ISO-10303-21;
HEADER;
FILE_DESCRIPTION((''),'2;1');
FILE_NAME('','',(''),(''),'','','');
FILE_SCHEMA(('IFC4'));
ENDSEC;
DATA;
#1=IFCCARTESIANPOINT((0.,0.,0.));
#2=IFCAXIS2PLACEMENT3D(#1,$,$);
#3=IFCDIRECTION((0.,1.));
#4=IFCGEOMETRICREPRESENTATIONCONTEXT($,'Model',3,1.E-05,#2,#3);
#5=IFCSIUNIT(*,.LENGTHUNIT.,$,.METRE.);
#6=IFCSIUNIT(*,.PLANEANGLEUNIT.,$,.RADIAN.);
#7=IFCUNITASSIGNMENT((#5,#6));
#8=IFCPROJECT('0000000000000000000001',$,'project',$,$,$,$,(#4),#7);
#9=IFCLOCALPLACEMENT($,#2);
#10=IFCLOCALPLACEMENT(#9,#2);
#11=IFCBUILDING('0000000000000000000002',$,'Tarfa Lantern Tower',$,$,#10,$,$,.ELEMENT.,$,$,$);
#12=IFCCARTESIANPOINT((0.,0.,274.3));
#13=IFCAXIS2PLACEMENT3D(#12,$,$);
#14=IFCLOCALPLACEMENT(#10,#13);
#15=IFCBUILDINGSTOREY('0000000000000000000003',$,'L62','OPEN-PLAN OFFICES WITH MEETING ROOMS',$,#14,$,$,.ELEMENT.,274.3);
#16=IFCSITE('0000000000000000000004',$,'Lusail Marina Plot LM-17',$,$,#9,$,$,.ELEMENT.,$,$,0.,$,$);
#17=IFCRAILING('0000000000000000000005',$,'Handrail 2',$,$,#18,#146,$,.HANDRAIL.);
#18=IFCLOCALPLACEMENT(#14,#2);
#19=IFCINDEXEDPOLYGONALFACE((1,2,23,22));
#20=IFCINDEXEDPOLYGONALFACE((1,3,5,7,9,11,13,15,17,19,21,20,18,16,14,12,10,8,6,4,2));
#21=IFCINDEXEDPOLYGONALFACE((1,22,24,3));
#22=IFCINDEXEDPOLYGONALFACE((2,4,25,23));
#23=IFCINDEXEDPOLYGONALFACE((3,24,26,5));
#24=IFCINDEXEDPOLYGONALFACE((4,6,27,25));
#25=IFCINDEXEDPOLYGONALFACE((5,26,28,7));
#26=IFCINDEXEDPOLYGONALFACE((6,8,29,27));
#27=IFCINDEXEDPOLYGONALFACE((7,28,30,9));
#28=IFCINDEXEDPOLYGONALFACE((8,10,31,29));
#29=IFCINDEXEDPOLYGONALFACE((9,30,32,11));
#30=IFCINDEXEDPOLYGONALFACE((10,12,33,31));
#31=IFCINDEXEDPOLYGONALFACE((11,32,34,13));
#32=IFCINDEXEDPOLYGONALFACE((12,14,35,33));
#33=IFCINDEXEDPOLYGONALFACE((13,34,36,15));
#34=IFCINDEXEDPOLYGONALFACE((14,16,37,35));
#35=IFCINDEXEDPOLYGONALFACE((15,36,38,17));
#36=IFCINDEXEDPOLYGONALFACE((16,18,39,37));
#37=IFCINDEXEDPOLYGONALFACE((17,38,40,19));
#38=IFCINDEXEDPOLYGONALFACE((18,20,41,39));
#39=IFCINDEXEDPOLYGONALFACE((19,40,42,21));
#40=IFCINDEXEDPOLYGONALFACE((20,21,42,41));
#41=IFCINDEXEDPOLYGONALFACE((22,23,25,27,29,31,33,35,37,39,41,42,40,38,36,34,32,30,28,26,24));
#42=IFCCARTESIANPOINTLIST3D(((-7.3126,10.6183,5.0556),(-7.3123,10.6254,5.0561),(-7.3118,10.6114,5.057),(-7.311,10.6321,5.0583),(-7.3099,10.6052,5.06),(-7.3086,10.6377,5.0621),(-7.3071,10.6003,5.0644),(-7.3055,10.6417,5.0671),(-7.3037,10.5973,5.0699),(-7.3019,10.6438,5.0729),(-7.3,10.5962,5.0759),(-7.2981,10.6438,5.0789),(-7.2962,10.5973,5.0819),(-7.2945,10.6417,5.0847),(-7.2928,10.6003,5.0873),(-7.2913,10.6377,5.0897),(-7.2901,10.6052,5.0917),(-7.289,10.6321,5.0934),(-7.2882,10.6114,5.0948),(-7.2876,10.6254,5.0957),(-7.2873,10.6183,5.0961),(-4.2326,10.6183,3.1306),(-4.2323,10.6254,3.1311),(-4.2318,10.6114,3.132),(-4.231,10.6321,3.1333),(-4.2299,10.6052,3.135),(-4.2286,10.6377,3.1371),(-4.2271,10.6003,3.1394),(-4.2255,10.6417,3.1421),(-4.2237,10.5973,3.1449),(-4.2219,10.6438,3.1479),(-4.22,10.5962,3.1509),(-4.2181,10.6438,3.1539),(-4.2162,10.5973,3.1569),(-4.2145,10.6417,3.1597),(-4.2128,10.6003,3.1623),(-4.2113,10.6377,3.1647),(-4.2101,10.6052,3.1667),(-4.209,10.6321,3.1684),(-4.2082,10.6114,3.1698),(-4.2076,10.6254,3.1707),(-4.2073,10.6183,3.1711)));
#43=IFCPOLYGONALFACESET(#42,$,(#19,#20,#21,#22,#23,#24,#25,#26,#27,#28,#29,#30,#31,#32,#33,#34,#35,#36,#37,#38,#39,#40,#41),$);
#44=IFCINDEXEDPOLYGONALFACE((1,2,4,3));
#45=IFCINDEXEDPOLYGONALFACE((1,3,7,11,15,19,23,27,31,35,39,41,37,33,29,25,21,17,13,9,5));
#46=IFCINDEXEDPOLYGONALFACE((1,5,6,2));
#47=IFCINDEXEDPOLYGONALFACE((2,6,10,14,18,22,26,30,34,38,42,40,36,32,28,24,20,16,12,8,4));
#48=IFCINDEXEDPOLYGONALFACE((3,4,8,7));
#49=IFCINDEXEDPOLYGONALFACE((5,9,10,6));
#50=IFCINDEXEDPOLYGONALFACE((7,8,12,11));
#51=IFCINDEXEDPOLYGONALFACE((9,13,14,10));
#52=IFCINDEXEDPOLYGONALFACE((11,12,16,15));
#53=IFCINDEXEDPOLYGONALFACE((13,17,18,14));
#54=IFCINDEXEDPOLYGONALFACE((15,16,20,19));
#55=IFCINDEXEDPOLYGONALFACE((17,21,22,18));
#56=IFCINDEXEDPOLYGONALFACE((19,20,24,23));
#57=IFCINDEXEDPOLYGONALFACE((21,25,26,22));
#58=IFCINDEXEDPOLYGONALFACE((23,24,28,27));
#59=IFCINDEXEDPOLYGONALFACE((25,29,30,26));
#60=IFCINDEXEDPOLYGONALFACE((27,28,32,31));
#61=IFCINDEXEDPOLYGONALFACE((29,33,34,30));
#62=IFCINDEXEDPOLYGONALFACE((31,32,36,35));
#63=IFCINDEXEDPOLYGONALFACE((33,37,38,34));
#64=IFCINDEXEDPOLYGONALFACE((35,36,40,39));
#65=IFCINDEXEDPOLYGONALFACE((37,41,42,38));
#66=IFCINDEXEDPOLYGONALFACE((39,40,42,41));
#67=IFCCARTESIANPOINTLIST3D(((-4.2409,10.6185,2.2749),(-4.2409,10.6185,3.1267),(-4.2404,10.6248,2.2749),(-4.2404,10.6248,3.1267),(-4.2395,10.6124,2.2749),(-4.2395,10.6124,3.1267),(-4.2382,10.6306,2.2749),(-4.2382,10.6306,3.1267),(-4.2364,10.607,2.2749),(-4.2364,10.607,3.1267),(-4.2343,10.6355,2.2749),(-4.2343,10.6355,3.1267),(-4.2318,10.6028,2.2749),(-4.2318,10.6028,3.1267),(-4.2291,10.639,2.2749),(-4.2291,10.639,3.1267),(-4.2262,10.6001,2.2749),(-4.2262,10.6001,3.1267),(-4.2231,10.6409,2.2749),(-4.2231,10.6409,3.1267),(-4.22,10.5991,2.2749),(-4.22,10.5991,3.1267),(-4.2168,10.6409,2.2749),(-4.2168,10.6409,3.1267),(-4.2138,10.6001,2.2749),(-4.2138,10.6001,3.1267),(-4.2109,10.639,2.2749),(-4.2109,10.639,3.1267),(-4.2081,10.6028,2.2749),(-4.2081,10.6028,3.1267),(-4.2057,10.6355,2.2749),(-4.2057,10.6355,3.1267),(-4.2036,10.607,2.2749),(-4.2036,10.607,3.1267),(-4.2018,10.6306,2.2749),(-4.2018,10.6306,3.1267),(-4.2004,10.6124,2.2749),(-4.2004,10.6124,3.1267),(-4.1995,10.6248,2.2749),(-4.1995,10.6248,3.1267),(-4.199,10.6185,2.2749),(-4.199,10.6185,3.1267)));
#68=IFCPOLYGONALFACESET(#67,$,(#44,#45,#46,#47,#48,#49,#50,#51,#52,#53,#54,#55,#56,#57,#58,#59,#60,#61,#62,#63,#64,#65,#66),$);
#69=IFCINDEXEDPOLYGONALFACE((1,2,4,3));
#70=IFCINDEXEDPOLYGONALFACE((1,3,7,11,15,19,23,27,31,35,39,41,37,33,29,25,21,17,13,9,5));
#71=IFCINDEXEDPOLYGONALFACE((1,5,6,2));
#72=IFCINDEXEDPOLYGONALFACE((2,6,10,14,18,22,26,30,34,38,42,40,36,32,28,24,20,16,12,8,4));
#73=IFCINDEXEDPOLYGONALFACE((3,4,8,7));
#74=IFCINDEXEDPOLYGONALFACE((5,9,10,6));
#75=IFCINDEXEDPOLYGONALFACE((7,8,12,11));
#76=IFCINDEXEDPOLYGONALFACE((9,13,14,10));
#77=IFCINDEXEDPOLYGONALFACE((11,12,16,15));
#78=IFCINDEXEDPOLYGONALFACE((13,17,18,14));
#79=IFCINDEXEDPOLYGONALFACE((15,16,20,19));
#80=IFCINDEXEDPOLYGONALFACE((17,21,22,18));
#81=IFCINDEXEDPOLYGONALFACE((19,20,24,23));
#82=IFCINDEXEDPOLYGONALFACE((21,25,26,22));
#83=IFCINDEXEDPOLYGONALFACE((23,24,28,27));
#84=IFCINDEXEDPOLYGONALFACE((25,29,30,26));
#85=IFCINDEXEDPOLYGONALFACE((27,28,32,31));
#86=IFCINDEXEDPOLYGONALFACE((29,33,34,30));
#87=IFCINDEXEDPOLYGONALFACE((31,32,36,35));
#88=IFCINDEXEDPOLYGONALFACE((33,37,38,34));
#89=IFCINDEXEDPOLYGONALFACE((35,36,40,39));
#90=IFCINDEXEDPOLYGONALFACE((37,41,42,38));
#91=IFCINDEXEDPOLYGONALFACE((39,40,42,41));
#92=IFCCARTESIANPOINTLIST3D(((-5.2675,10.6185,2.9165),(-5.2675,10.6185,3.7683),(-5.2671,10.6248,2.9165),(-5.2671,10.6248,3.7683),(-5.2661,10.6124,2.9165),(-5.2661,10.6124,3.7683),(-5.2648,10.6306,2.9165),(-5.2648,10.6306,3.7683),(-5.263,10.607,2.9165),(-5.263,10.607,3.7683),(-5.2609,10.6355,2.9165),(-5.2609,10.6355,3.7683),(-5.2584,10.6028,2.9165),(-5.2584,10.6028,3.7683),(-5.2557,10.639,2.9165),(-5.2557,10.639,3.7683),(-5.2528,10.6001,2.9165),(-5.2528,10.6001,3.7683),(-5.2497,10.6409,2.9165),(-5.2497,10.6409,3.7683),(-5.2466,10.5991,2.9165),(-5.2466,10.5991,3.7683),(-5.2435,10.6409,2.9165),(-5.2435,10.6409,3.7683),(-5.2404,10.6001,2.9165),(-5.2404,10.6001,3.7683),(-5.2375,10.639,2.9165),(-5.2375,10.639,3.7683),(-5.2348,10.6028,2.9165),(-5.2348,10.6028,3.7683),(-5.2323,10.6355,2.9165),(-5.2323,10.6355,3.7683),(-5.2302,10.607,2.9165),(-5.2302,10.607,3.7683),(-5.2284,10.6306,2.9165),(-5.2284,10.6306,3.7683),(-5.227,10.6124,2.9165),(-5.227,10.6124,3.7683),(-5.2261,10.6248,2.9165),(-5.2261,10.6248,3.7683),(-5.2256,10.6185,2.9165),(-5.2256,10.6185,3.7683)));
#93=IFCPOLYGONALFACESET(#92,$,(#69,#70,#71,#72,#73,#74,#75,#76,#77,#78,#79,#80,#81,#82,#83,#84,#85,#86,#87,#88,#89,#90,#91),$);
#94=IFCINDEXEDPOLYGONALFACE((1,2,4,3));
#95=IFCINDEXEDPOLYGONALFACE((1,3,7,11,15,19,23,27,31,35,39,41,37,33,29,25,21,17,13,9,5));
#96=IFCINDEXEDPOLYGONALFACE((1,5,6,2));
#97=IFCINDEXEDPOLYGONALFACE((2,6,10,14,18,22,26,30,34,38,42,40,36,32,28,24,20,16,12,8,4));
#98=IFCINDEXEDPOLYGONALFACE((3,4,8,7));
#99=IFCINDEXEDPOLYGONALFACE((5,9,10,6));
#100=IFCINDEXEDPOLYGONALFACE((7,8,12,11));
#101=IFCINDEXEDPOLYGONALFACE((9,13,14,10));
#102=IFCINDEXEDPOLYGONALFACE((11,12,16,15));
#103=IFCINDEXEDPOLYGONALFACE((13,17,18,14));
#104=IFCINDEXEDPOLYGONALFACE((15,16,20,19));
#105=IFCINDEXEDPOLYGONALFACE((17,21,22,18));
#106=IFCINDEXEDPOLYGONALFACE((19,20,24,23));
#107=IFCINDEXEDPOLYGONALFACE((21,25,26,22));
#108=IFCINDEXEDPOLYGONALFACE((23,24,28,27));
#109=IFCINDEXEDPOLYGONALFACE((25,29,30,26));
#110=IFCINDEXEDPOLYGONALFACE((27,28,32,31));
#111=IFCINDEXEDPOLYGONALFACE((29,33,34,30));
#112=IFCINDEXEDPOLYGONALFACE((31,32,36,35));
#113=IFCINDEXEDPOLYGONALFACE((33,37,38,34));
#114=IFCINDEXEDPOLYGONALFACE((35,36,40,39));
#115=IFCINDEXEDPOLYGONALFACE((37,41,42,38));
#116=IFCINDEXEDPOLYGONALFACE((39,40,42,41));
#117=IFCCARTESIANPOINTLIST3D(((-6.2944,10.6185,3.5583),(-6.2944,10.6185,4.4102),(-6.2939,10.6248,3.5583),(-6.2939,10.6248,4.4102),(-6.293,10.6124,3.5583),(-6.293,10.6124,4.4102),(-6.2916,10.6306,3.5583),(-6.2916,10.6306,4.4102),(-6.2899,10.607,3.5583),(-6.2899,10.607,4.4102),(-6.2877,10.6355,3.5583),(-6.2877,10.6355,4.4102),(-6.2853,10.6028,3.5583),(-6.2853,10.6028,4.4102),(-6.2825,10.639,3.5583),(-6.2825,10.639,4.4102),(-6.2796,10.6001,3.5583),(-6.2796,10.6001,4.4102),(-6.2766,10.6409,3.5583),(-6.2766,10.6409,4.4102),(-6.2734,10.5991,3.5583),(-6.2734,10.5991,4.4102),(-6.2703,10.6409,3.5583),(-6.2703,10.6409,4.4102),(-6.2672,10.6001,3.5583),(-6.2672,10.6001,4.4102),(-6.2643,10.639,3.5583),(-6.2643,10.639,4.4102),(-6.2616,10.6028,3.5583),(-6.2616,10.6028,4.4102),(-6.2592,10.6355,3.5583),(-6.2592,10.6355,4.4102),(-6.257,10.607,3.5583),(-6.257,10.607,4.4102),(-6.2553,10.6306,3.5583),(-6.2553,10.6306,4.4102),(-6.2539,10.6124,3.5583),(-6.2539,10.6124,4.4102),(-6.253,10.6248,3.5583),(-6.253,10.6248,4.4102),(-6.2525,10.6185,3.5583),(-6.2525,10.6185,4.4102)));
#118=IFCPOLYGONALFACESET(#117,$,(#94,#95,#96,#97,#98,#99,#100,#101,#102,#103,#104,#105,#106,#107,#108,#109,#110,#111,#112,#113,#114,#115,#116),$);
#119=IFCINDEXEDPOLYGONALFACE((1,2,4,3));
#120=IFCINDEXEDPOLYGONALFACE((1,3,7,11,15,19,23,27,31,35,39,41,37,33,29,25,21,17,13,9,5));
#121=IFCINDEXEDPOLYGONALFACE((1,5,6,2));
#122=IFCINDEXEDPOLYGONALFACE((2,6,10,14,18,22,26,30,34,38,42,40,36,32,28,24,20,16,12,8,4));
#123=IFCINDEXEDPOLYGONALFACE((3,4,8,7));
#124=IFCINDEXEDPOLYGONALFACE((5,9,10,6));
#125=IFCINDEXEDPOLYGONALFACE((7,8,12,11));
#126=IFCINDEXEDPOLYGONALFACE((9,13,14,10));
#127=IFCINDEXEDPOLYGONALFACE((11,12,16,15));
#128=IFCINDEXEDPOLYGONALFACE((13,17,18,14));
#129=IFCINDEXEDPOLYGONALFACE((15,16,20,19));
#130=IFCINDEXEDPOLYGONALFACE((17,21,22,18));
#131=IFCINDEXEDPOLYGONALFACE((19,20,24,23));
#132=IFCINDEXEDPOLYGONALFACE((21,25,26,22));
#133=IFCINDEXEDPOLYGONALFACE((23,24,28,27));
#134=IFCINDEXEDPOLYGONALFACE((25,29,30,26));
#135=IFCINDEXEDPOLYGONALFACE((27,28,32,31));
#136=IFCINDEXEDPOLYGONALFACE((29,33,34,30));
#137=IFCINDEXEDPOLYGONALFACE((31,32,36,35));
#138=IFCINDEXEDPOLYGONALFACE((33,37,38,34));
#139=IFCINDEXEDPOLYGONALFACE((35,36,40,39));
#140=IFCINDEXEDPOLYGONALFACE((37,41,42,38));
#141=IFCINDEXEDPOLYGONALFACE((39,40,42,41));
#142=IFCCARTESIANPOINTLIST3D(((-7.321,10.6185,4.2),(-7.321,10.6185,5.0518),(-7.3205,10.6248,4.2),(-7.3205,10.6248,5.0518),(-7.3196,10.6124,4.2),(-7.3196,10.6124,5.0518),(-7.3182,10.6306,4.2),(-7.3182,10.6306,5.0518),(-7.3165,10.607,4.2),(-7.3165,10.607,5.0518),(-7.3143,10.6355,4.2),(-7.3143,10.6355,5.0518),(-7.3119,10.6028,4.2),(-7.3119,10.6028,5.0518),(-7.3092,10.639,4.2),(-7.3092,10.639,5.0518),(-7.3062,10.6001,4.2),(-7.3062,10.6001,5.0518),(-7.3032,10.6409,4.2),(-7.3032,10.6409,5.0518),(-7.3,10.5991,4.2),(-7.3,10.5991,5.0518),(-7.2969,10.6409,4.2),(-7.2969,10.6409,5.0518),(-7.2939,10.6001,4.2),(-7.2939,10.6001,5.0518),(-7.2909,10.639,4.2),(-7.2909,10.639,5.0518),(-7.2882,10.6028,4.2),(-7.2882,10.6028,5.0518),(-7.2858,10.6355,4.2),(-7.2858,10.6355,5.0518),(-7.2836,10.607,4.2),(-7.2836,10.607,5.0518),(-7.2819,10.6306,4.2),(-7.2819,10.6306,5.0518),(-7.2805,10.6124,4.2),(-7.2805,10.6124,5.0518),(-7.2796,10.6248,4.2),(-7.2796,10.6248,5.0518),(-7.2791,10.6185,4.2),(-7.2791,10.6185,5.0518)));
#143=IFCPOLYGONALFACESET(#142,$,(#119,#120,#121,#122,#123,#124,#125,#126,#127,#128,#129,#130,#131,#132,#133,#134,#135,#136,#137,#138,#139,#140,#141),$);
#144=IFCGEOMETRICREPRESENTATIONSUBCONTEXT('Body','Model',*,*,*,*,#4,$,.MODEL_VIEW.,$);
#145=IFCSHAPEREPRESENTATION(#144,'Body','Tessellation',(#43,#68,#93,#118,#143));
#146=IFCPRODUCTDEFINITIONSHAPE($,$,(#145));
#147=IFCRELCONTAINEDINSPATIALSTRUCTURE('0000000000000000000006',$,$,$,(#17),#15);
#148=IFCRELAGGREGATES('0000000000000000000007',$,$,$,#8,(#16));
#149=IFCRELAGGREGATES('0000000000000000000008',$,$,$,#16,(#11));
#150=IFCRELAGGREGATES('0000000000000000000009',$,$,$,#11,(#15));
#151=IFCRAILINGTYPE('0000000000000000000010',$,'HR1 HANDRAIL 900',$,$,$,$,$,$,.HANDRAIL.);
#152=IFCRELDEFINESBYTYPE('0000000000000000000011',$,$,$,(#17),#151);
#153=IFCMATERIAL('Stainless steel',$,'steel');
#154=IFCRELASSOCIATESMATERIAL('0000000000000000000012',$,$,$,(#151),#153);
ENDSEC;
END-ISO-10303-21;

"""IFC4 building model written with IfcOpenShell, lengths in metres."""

from ifc_helpers import new_model, si_unit, direction, frame, origin, origin_2d, place, context, subcontext, project, spatial, circle, extrude, material, type_object, element, save


model = new_model("IFC4")

# Units and contexts
model_context = context("Model", 3, precision=1e-05, world=origin(), true_north=direction((0.0, 1.0)))
body_context = subcontext(model_context, "Body", "Model", "MODEL_VIEW")
ifc_project = project(units=[si_unit("LENGTHUNIT", "METRE"), si_unit("PLANEANGLEUNIT", "RADIAN")], contexts=[model_context])

# Site, building, storey
site_placement = place(None, origin())
site = spatial("IfcSite", under=ifc_project, at=site_placement, Name="Lusail Marina Plot LM-17", CompositionType="ELEMENT", RefElevation=0.0)
building_placement = place(site_placement, origin())
building = spatial("IfcBuilding", under=site, at=building_placement, Name="Tarfa Lantern Tower", CompositionType="ELEMENT")
storey_placement = place(building_placement, frame((0.0, 0.0, 274.3)))
storey = spatial("IfcBuildingStorey", under=building, at=storey_placement, Name="L62", Description="OPEN-PLAN OFFICES WITH MEETING ROOMS", CompositionType="ELEMENT", Elevation=274.3)

# Railing
ifc_material_1 = material(Name="Stainless steel", Category="steel")
railing_type = type_object("IfcRailingType", Name="HR1 HANDRAIL 900", PredefinedType="HANDRAIL", material=ifc_material_1)
railing_1_placement = place(storey_placement, frame((-4.22, 10.6201, 2.2749)))
element("IfcRailing", 1, at=railing_1_placement, inside=storey, type_object=railing_type, Name="Handrail 2", PredefinedType="HANDRAIL", context=body_context, shape_type="SweptSolid", body=[
    extrude(circle(Radius=0.0239, at=origin_2d()), frame((0.0, 0.0, 0.876), z_axis=(-0.847998, 0.0, 0.529999), x_axis=(0.0, -1.0, 0.0)), (0.0, 0.0, 1.0), 3.6321),
    extrude(circle(Radius=0.021, at=origin_2d()), frame((0.0, 0.0, 0.0), z_axis=(0.0, 0.0, 1.0), x_axis=(0.0, -1.0, 0.0)), (0.0, 0.0, 1.0), 0.8518),
    extrude(circle(Radius=0.021, at=origin_2d()), frame((-1.0266, 0.0, 0.6416), z_axis=(0.0, 0.0, 1.0), x_axis=(0.0, -1.0, 0.0)), (0.0, 0.0, 1.0), 0.8518),
    extrude(circle(Radius=0.021, at=origin_2d()), frame((-2.0535, 0.0, 1.2834), z_axis=(0.0, 0.0, 1.0), x_axis=(0.0, -1.0, 0.0)), (0.0, 0.0, 1.0), 0.8518),
    extrude(circle(Radius=0.021, at=origin_2d()), frame((-3.0801, 0.0, 1.925), z_axis=(0.0, 0.0, 1.0), x_axis=(0.0, -1.0, 0.0)), (0.0, 0.0, 1.0), 0.8518),
])

save(model, "model.ifc")
